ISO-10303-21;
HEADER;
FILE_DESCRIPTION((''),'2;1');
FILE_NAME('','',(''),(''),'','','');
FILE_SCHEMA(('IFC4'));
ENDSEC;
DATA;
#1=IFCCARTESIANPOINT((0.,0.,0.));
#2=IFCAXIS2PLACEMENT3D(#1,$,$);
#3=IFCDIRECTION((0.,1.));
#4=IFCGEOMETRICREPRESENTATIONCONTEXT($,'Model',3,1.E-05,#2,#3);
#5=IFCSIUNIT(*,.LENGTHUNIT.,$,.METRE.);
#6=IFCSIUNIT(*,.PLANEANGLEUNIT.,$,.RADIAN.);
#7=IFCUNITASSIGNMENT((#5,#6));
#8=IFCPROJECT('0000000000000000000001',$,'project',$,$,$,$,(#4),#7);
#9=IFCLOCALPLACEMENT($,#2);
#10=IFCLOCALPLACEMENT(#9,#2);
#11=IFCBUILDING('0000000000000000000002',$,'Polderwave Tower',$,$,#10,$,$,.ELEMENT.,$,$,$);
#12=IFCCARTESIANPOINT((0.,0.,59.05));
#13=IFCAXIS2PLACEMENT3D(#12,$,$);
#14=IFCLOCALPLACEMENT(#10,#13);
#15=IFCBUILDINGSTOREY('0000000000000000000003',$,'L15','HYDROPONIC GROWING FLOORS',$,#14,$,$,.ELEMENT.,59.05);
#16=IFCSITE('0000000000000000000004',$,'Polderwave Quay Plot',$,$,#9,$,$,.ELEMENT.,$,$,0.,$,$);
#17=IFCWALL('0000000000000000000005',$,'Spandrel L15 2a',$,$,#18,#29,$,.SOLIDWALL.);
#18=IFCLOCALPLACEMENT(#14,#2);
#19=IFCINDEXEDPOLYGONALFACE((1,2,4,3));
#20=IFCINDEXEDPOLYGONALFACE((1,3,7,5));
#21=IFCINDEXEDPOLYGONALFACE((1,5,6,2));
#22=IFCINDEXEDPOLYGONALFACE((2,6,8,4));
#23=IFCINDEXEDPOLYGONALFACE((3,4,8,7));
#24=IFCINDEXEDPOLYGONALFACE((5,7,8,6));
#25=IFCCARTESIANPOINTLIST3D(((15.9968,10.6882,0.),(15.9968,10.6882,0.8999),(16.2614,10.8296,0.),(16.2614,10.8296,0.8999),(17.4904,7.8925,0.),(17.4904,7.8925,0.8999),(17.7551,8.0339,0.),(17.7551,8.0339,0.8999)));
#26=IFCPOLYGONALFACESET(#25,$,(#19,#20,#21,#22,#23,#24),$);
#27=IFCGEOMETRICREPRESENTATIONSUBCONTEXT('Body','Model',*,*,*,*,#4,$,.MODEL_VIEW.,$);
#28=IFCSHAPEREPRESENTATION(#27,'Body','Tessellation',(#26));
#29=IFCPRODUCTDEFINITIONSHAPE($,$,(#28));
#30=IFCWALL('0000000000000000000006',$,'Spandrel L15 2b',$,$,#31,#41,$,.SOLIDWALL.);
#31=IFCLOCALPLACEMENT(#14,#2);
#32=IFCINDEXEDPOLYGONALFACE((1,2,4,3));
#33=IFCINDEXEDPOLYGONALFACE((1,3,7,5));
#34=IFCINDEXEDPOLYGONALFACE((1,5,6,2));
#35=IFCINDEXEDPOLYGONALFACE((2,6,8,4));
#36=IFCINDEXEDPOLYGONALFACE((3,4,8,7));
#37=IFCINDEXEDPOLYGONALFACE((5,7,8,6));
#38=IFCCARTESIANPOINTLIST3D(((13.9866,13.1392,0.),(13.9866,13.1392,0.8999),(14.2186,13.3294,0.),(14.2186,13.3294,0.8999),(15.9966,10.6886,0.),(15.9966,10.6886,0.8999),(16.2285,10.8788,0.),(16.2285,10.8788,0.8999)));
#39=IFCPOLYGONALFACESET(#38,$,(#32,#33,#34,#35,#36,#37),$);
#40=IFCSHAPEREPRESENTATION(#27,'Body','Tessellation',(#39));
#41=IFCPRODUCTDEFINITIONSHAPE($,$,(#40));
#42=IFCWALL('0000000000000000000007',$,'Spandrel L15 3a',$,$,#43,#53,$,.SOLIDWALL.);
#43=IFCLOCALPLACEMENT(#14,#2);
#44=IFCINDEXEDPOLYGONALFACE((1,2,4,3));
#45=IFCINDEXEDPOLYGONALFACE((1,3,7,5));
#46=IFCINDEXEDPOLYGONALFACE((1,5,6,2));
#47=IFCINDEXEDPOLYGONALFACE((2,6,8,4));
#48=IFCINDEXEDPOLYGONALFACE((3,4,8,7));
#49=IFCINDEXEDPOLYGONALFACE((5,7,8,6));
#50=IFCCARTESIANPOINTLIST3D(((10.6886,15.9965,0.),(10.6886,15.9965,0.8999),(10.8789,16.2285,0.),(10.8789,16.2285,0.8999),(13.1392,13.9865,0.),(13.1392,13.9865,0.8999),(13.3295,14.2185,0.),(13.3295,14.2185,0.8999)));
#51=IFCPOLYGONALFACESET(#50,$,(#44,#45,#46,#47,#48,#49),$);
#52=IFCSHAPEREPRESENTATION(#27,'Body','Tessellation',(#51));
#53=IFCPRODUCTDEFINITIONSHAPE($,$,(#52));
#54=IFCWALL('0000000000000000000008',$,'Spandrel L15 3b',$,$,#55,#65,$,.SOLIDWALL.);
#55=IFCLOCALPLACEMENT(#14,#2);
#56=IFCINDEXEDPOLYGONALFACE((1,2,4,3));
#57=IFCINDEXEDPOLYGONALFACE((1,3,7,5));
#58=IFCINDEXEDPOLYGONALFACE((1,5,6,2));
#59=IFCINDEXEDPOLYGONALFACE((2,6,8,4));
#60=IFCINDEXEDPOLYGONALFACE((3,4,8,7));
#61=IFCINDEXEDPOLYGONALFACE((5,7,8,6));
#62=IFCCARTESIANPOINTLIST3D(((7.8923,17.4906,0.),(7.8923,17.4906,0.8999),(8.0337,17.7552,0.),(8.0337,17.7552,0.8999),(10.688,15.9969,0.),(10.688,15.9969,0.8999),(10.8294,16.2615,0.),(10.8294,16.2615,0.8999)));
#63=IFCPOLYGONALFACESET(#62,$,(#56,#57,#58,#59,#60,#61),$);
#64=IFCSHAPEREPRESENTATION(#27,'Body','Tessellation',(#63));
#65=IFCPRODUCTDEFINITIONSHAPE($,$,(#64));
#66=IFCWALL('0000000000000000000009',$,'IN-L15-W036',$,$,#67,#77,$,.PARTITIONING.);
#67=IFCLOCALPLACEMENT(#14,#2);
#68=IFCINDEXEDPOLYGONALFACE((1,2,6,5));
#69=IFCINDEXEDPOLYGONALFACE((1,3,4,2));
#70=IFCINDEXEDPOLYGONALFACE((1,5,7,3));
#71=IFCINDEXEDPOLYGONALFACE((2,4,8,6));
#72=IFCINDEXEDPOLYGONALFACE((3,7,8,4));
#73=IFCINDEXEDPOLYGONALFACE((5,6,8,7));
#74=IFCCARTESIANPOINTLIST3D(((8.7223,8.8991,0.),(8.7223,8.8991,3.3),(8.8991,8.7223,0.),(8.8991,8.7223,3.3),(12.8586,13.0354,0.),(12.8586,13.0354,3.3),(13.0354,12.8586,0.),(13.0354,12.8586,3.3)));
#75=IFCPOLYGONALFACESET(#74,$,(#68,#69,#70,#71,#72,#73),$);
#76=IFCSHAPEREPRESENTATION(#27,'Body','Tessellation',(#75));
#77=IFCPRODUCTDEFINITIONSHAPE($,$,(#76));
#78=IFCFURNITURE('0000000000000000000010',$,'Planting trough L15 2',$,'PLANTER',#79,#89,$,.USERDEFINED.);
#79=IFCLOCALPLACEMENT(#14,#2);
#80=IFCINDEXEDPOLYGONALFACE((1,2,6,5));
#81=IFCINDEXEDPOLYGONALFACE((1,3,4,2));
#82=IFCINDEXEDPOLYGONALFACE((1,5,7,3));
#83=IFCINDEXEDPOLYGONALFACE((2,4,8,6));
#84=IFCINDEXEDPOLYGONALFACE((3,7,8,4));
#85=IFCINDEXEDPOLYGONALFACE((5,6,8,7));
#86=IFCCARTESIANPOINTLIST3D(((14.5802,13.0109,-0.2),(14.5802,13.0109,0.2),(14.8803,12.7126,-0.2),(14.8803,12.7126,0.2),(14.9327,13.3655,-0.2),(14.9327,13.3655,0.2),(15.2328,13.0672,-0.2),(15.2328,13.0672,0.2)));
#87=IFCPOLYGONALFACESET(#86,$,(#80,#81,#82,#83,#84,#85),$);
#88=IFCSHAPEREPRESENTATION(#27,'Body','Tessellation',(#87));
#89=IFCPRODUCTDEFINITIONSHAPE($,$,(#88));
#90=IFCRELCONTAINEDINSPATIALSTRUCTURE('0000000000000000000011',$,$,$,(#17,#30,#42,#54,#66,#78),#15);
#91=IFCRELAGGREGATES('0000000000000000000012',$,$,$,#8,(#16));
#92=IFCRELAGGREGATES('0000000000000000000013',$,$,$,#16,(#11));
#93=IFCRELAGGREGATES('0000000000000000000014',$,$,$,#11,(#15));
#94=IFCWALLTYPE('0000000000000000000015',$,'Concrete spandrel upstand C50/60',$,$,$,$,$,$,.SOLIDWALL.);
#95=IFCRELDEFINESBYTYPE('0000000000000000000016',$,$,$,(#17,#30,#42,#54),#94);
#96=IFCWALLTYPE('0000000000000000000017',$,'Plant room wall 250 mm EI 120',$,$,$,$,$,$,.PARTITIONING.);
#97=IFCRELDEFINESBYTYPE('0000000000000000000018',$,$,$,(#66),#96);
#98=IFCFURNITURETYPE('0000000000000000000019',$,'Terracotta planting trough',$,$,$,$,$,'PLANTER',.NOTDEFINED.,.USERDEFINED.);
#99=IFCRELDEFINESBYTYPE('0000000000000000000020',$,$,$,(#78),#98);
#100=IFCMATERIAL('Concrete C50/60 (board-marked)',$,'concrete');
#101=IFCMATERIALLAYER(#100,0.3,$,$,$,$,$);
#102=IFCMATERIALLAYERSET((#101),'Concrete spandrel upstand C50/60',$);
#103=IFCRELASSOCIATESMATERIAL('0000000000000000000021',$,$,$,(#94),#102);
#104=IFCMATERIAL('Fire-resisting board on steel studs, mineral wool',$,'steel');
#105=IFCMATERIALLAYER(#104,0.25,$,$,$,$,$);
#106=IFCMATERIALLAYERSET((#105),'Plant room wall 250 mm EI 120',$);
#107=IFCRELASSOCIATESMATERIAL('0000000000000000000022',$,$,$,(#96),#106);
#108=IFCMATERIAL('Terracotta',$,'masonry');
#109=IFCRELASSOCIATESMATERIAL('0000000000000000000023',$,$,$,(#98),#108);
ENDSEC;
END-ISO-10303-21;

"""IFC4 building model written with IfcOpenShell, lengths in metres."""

from ifc_helpers import new_model, si_unit, direction, frame, frame_2d, origin, origin_2d, place, context, subcontext, project, spatial, rectangle, extrude, material, layer, layer_set, type_object, element, save


model = new_model("IFC4")

# Units and contexts
model_context = context("Model", 3, precision=1e-05, world=origin(), true_north=direction((0.0, 1.0)))
body_context = subcontext(model_context, "Body", "Model", "MODEL_VIEW")
ifc_project = project(units=[si_unit("LENGTHUNIT", "METRE"), si_unit("PLANEANGLEUNIT", "RADIAN")], contexts=[model_context])

# Site, building, storey
site_placement = place(None, origin())
site = spatial("IfcSite", under=ifc_project, at=site_placement, Name="Polderwave Quay Plot", CompositionType="ELEMENT", RefElevation=0.0)
building_placement = place(site_placement, origin())
building = spatial("IfcBuilding", under=site, at=building_placement, Name="Polderwave Tower", CompositionType="ELEMENT")
storey_placement = place(building_placement, frame((0.0, 0.0, 59.05)))
storey = spatial("IfcBuildingStorey", under=building, at=storey_placement, Name="L15", Description="HYDROPONIC GROWING FLOORS", CompositionType="ELEMENT", Elevation=59.05)

# Walls
ifc_material_1 = material(Name="Concrete C50/60 (board-marked)", Category="concrete")
ifc_layer_1 = layer(ifc_material_1, 0.3)
ifc_layer_set_1 = layer_set([ifc_layer_1], Name="Concrete spandrel upstand C50/60")
wall_type_1 = type_object("IfcWallType", Name="Concrete spandrel upstand C50/60", PredefinedType="SOLIDWALL", material=ifc_layer_set_1)
wall_1_placement = place(storey_placement, frame((17.6228, 7.9631, 0.0), z_axis=(0.0, 0.0, 1.0), x_axis=(-0.471236, 0.882007, 0.0)))
element("IfcWall", 1, at=wall_1_placement, inside=storey, type_object=wall_type_1, Name="Spandrel L15 2a", PredefinedType="SOLIDWALL", context=body_context, shape_type="SweptSolid", body=[
    extrude(rectangle(XDim=3.1697, YDim=0.3, at=frame_2d((1.585, 0.0))), origin(), (0.0, 0.0, 1.0), 0.8999),
])
for number, where, z_axis, x_axis, name in (
    (2, (16.1125, 10.7837, 0.0), (0.0, 0.0, 1.0), (-0.634164, 0.773198, 0.0), "Spandrel L15 2b"),
    (3, (13.2344, 14.1025, 0.0), (0.0, 0.0, 1.0), (-0.773198, 0.634164, 0.0), "Spandrel L15 3a"),
):
    element("IfcWall", number, at=place(storey_placement, frame(where, z_axis=z_axis, x_axis=x_axis)), inside=storey, type_object=wall_type_1, Name=name, PredefinedType="SOLIDWALL", context=body_context, shape_type="SweptSolid", body=[
        extrude(rectangle(XDim=3.1694, YDim=0.3, at=frame_2d((1.5847, 0.0))), origin(), (0.0, 0.0, 1.0), 0.8999),
    ])
wall_2_placement = place(storey_placement, frame((10.7588, 16.1292, 0.0), z_axis=(0.0, 0.0, 1.0), x_axis=(-0.882007, 0.471236, 0.0)))
element("IfcWall", 4, at=wall_2_placement, inside=storey, type_object=wall_type_1, Name="Spandrel L15 3b", PredefinedType="SOLIDWALL", context=body_context, shape_type="SweptSolid", body=[
    extrude(rectangle(XDim=3.1697, YDim=0.3, at=frame_2d((1.585, 0.0))), origin(), (0.0, 0.0, 1.0), 0.8999),
])
ifc_material_2 = material(Name="Fire-resisting board on steel studs, mineral wool", Category="steel")
ifc_layer_2 = layer(ifc_material_2, 0.25)
ifc_layer_set_2 = layer_set([ifc_layer_2], Name="Plant room wall 250 mm EI 120")
wall_type_2 = type_object("IfcWallType", Name="Plant room wall 250 mm EI 120", PredefinedType="PARTITIONING", material=ifc_layer_set_2)
wall_3_placement = place(storey_placement, frame((12.947, 12.947, 0.0), z_axis=(0.0, 0.0, 1.0), x_axis=(-0.707107, -0.707107, 0.0)))
element("IfcWall", 5, at=wall_3_placement, inside=storey, type_object=wall_type_2, Name="IN-L15-W036", PredefinedType="PARTITIONING", context=body_context, shape_type="SweptSolid", body=[
    extrude(rectangle(XDim=5.8496, YDim=0.25, at=frame_2d((2.9248, 0.0))), origin(), (0.0, 0.0, 1.0), 3.3),
])

# Furniture
ifc_material_3 = material(Name="Terracotta", Category="masonry")
furniture_type = type_object("IfcFurnitureType", Name="Terracotta planting trough", ElementType="PLANTER", AssemblyPlace="NOTDEFINED", PredefinedType="USERDEFINED", material=ifc_material_3)
furniture_placement = place(storey_placement, frame((14.9065, 13.0391, -0.2), z_axis=(0.0, 0.0, 1.0), x_axis=(-0.709257, 0.70495, 0.0)))
element("IfcFurniture", 6, at=furniture_placement, inside=storey, type_object=furniture_type, Name="Planting trough L15 2", ObjectType="PLANTER", PredefinedType="USERDEFINED", context=body_context, shape_type="SweptSolid", body=[
    extrude(rectangle(XDim=0.4231, YDim=0.5, at=origin_2d()), origin(), (0.0, 0.0, 1.0), 0.3999),
])

save(model, "model.ifc")
